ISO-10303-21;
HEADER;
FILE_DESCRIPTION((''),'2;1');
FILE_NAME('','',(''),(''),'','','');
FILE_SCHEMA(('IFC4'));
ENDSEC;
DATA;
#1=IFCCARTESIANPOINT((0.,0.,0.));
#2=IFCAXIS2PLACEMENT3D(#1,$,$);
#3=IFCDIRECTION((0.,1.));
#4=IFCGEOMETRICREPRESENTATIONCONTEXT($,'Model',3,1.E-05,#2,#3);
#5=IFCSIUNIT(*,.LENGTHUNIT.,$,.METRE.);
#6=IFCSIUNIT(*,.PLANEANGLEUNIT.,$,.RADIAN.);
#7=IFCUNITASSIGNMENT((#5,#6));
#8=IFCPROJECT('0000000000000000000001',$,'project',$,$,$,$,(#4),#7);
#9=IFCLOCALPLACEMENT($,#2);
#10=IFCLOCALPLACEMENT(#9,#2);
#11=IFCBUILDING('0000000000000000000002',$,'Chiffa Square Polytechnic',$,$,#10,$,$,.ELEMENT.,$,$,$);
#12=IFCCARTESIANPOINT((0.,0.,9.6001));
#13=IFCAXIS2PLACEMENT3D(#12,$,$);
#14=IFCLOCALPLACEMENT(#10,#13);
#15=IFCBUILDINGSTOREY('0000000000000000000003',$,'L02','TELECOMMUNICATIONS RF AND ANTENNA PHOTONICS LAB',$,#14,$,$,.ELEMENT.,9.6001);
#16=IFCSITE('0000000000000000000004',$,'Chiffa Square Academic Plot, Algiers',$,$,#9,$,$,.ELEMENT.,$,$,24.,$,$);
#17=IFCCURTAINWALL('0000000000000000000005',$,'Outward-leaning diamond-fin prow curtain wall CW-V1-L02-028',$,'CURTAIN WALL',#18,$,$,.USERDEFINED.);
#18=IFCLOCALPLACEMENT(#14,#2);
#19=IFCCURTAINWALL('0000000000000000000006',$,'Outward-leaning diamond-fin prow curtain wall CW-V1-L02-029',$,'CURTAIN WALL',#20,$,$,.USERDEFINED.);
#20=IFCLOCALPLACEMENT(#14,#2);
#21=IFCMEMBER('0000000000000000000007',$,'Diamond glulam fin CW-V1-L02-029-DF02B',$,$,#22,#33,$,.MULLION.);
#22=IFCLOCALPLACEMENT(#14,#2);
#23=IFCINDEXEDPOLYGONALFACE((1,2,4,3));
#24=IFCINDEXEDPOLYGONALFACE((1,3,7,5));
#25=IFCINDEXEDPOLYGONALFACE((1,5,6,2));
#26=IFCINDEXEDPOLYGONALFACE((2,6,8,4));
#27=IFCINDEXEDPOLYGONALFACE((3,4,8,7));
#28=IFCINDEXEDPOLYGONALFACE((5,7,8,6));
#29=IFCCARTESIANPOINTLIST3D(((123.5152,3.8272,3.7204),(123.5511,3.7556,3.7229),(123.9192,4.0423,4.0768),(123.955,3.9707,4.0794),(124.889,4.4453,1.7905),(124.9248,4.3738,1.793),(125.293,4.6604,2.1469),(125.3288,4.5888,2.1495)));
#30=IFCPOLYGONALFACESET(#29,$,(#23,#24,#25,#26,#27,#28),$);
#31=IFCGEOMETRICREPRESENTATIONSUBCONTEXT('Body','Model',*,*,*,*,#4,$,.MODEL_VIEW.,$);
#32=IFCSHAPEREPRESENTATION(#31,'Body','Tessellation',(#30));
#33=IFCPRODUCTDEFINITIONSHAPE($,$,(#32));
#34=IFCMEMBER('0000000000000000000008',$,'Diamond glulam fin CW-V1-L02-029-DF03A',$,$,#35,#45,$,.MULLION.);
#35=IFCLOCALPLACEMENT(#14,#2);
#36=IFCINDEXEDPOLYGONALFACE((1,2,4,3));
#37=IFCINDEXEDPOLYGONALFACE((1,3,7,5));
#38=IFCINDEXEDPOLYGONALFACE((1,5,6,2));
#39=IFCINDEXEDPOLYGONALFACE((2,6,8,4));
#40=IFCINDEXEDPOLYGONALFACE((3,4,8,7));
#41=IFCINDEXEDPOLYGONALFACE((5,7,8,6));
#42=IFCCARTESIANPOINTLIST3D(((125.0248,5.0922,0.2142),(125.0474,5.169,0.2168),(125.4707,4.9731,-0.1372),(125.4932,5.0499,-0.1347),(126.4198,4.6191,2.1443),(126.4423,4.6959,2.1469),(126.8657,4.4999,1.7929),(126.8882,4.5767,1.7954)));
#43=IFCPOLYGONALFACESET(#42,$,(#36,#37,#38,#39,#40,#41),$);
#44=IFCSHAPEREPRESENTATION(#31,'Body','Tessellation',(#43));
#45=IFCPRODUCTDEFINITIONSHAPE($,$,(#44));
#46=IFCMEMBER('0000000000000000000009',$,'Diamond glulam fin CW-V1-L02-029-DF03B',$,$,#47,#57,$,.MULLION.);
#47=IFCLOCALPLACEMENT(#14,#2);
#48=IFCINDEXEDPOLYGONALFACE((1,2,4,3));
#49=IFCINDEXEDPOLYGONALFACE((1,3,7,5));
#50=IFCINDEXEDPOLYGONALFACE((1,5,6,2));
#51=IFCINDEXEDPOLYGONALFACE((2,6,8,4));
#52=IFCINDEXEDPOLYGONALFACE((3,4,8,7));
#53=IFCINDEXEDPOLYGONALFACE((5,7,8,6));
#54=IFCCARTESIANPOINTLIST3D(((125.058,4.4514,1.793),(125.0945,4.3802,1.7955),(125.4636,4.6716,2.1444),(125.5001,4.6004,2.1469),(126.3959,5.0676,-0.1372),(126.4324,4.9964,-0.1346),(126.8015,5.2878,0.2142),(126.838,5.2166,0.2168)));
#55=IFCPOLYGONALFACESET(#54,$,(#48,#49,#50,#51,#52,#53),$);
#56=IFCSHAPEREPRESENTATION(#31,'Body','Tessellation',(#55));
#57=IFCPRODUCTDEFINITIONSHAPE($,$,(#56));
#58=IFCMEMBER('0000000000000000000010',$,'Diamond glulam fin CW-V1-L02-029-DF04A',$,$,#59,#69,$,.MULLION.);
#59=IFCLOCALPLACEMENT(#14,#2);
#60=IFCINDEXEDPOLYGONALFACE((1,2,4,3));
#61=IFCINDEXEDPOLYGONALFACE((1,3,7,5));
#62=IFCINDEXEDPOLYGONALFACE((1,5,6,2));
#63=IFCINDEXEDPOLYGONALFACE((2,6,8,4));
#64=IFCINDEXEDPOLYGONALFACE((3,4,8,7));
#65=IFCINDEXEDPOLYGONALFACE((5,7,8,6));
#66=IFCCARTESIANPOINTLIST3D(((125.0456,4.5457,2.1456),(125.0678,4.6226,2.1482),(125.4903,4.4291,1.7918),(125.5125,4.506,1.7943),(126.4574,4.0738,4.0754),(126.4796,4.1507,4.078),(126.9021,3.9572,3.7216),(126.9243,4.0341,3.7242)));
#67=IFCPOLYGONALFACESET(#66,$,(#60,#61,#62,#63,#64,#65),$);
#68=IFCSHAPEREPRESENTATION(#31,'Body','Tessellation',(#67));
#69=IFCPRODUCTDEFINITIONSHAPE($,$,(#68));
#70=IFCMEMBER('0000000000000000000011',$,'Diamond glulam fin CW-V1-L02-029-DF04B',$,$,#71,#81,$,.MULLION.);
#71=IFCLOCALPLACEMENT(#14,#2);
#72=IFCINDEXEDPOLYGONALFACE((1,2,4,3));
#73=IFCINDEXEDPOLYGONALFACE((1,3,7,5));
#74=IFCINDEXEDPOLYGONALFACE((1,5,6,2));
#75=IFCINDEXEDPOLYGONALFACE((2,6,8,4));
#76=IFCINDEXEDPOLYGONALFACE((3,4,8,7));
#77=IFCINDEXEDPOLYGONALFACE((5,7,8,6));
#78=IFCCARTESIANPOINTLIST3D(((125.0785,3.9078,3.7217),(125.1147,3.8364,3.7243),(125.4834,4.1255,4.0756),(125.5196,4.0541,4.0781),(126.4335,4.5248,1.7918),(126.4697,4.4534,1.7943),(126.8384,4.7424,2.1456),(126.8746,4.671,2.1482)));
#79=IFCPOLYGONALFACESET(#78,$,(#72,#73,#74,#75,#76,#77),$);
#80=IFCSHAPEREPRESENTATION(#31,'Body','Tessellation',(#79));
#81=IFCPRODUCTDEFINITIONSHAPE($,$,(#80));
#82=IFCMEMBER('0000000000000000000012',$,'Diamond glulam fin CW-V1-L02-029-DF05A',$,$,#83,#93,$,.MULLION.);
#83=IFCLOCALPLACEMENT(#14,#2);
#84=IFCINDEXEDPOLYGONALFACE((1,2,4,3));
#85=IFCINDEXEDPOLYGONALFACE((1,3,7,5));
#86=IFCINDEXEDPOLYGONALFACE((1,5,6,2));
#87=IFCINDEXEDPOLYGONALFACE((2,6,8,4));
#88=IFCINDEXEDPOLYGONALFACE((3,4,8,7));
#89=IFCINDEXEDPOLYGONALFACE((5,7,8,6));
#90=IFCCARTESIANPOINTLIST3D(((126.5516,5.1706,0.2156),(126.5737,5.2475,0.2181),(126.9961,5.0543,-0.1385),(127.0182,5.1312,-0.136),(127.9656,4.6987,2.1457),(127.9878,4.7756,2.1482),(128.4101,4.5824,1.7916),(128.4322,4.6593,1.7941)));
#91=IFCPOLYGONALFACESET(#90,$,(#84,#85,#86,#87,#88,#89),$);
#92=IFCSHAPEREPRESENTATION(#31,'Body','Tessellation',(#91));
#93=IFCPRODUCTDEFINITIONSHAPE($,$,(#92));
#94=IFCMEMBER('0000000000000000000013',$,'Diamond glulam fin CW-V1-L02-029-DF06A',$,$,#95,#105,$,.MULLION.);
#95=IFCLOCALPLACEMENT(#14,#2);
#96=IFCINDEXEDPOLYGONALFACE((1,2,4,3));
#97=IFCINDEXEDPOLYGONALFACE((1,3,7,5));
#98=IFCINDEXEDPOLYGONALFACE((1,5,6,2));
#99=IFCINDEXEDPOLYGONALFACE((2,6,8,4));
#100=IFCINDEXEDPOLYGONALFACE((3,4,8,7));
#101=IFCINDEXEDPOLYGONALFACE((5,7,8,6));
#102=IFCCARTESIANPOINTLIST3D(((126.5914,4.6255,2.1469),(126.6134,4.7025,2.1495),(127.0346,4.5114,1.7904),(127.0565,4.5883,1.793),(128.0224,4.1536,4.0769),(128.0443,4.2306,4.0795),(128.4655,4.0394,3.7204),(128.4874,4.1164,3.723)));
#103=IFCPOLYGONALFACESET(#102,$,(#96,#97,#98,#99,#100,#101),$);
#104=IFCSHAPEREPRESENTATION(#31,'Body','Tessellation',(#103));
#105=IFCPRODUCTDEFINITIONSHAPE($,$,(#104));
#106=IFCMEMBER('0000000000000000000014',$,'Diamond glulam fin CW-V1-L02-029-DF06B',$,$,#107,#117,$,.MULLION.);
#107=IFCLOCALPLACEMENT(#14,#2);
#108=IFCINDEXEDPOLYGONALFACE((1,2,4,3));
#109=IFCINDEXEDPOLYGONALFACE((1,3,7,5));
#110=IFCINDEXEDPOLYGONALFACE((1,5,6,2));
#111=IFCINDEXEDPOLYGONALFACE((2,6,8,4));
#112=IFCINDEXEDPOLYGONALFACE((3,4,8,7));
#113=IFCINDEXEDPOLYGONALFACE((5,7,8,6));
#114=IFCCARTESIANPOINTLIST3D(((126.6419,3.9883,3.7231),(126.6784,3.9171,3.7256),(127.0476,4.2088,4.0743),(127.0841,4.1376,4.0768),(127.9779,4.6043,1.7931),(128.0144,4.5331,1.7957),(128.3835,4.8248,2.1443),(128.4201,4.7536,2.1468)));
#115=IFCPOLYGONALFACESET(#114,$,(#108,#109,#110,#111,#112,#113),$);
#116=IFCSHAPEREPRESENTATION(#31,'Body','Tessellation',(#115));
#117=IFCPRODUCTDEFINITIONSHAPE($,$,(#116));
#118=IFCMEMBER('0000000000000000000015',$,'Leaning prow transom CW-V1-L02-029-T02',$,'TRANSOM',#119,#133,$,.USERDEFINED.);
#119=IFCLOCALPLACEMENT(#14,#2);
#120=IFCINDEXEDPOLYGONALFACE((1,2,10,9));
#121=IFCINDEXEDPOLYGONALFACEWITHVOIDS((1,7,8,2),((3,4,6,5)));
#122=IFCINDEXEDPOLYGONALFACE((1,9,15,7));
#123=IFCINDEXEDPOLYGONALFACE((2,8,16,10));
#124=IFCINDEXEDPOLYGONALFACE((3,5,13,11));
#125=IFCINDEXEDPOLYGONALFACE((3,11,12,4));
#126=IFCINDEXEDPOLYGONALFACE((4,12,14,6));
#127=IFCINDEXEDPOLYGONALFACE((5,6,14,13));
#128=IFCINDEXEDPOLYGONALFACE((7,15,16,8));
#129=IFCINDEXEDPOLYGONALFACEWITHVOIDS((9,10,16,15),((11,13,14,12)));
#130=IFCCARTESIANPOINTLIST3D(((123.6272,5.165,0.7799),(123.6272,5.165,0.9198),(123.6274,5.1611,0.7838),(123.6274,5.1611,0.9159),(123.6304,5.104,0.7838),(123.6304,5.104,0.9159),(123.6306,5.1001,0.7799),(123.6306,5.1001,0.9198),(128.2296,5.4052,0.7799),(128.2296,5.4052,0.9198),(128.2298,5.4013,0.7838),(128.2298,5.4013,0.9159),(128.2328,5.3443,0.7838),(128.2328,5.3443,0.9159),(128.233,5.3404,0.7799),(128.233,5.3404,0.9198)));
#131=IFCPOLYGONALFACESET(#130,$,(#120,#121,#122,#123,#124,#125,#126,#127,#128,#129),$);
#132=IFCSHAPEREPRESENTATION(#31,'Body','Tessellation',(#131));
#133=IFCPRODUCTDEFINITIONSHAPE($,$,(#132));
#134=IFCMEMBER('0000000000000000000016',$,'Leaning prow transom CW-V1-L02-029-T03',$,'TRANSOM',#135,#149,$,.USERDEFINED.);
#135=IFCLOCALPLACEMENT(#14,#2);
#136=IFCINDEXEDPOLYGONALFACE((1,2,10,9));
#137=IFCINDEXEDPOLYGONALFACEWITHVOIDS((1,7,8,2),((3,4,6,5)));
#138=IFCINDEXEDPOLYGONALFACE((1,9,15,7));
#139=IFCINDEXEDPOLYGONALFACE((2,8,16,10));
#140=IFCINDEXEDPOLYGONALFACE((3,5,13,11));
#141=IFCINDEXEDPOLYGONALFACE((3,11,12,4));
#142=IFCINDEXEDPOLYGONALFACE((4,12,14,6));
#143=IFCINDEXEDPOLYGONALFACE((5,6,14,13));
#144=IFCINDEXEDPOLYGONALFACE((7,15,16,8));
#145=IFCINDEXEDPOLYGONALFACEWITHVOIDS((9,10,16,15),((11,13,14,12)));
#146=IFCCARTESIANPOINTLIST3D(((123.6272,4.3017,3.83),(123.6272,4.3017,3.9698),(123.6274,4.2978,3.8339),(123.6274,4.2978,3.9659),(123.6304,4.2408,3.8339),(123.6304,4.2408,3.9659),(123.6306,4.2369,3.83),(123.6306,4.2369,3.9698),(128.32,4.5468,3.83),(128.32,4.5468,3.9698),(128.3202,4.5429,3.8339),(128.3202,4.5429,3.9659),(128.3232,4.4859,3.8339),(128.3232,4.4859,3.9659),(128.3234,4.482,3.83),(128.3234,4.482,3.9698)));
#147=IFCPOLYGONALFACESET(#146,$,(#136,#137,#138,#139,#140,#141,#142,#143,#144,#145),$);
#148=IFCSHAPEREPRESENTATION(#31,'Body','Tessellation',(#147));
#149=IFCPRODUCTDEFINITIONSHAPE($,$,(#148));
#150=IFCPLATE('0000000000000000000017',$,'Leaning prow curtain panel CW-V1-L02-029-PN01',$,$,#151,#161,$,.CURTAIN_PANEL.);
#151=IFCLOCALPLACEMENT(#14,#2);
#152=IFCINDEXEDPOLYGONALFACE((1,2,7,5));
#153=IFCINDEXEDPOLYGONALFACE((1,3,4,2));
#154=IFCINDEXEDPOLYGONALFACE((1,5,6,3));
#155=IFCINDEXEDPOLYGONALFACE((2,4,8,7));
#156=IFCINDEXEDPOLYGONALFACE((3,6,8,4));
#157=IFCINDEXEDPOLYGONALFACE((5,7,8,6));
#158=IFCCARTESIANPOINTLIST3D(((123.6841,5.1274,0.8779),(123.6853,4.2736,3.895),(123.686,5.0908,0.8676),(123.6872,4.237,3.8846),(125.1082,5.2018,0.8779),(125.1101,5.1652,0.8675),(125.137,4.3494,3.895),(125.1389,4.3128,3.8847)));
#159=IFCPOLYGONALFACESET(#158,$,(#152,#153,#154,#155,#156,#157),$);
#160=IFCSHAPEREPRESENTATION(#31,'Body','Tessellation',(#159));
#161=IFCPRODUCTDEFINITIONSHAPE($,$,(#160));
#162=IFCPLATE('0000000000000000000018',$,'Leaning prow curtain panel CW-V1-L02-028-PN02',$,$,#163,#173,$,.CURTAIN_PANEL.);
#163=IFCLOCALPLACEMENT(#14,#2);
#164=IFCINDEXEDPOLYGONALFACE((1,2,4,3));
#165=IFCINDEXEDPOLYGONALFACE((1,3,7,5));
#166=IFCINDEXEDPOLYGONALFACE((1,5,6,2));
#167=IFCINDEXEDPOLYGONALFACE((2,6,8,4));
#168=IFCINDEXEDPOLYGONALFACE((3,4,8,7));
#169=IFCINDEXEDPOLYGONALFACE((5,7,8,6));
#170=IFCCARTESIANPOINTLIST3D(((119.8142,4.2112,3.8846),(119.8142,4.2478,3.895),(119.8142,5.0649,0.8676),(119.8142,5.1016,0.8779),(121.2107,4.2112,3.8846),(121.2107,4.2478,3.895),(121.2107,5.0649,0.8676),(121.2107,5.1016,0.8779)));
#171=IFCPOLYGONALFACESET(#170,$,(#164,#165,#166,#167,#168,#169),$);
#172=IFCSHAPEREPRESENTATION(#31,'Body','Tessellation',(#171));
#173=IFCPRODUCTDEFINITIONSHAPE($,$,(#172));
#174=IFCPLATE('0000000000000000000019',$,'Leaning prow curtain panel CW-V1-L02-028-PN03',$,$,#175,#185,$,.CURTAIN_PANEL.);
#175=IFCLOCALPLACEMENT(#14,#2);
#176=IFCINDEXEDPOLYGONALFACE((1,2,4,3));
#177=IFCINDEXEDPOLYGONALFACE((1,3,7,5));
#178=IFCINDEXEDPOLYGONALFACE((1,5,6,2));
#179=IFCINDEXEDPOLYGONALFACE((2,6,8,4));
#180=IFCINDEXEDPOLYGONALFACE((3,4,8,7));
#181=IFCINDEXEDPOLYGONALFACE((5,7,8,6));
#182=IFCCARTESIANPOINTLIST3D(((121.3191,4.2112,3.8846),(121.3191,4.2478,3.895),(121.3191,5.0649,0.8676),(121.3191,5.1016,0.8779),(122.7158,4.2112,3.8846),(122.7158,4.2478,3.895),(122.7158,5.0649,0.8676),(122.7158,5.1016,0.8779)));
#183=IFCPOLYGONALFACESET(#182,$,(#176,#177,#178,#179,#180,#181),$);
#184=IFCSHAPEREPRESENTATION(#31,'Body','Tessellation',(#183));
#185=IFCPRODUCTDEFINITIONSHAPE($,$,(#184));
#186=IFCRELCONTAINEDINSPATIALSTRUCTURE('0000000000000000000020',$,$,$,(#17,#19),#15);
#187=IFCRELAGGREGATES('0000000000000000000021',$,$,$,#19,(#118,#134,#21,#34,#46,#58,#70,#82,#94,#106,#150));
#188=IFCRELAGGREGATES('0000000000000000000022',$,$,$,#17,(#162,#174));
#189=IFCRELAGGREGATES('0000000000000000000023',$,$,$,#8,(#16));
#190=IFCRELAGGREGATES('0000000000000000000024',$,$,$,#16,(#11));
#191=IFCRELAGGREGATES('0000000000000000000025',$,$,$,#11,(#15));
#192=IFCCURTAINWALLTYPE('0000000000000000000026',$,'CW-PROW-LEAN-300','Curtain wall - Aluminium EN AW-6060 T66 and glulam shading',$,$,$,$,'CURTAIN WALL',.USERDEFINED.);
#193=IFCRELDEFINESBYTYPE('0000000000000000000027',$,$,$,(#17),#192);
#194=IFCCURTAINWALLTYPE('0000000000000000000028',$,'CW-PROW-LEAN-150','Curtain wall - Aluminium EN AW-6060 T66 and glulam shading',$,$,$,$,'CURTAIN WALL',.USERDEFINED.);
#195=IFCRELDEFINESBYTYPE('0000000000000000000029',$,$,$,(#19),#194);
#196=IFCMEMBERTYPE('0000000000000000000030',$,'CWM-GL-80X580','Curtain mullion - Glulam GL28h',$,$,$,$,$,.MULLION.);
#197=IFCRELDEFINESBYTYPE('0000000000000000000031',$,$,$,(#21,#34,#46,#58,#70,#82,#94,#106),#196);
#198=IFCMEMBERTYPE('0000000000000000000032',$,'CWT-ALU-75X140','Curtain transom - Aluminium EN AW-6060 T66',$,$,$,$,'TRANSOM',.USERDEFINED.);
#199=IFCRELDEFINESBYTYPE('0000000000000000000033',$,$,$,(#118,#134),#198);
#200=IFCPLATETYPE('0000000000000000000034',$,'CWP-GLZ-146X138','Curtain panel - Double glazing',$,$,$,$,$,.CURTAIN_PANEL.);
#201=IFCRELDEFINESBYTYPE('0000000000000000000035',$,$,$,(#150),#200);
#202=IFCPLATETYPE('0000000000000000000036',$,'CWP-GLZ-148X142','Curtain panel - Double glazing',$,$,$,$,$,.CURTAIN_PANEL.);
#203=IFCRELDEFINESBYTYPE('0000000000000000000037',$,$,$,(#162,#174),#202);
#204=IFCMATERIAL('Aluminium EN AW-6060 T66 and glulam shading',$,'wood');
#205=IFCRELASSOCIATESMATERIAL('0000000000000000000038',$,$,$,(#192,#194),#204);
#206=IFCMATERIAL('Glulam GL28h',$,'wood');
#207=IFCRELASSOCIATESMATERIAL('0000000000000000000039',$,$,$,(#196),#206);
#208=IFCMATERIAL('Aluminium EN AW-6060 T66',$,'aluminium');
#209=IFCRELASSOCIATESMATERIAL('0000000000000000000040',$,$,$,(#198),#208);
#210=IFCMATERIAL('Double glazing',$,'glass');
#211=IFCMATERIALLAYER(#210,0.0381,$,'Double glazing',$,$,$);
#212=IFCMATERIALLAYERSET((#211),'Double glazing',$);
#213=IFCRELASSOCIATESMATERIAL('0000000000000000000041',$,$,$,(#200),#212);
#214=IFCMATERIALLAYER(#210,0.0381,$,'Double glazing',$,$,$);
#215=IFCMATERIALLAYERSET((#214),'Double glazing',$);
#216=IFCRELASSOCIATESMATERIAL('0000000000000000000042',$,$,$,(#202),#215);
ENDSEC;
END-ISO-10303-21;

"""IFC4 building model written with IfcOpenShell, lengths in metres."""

from ifc_helpers import new_model, si_unit, direction, frame, origin, origin_2d, place, context, subcontext, project, spatial, polyline, rectangle, hollow_rectangle, outline, extrude, material, layer, layer_set, material_profile, profile_set, type_object, element, aggregate, save


model = new_model("IFC4")

# Units and contexts
model_context = context("Model", 3, precision=1e-05, world=origin(), true_north=direction((0.0, 1.0)))
body_context = subcontext(model_context, "Body", "Model", "MODEL_VIEW")
ifc_project = project(units=[si_unit("LENGTHUNIT", "METRE"), si_unit("PLANEANGLEUNIT", "RADIAN")], contexts=[model_context])

# Site, building, storey
site_placement = place(None, origin())
site = spatial("IfcSite", under=ifc_project, at=site_placement, Name="Chiffa Square Academic Plot, Algiers", CompositionType="ELEMENT", RefElevation=24.0)
building_placement = place(site_placement, origin())
building = spatial("IfcBuilding", under=site, at=building_placement, Name="Chiffa Square Polytechnic", CompositionType="ELEMENT")
storey_placement = place(building_placement, frame((0.0, 0.0, 9.6001)))
storey = spatial("IfcBuildingStorey", under=building, at=storey_placement, Name="L02", Description="TELECOMMUNICATIONS RF AND ANTENNA PHOTONICS LAB", CompositionType="ELEMENT", Elevation=9.6001)

# Curtain wall
ifc_material_1 = material(Name="Aluminium EN AW-6060 T66 and glulam shading", Category="wood")
curtain_wall_type_1 = type_object("IfcCurtainWallType", Name="CW-PROW-LEAN-300", Description="Curtain wall - Aluminium EN AW-6060 T66 and glulam shading", ElementType="CURTAIN WALL", PredefinedType="USERDEFINED", material=ifc_material_1)
curtain_wall_1_placement = place(storey_placement, origin())
curtain_wall_1 = element("IfcCurtainWall", 1, at=curtain_wall_1_placement, inside=storey, type_object=curtain_wall_type_1, Name="Outward-leaning diamond-fin prow curtain wall CW-V1-L02-028", ObjectType="CURTAIN WALL", PredefinedType="USERDEFINED")
ifc_material_2 = material(Name="Glulam GL28h", Category="wood")
ifc_material_profile_1 = material_profile(ifc_material_2, rectangle(XDim=0.0801, YDim=0.5801, at=origin_2d()), Name="GL28h 80x580")
ifc_profile_set_1 = profile_set([ifc_material_profile_1], Name="Glulam GL28h")
member_type_1 = type_object("IfcMemberType", Name="CWM-GL-80X580", Description="Curtain mullion - Glulam GL28h", PredefinedType="MULLION", material=ifc_profile_set_1)

# Curtain wall, members, plate
curtain_wall_type_2 = type_object("IfcCurtainWallType", Name="CW-PROW-LEAN-150", Description="Curtain wall - Aluminium EN AW-6060 T66 and glulam shading", ElementType="CURTAIN WALL", PredefinedType="USERDEFINED", material=ifc_material_1)
curtain_wall_2_placement = place(storey_placement, origin())
curtain_wall_2 = element("IfcCurtainWall", 2, at=curtain_wall_2_placement, inside=storey, type_object=curtain_wall_type_2, Name="Outward-leaning diamond-fin prow curtain wall CW-V1-L02-029", ObjectType="CURTAIN WALL", PredefinedType="USERDEFINED")
member_1_placement = place(storey_placement, frame((125.1089, 4.5171, 1.97), z_axis=(-0.561122, -0.25249, 0.788283), x_axis=(0.447404, -0.893752, 0.032203)))
member_1 = element("IfcMember", 3, at=member_1_placement, type_object=member_type_1, Name="Diamond glulam fin CW-V1-L02-029-DF02B", PredefinedType="MULLION", context=body_context, shape_type="SweptSolid", body=[
    extrude(rectangle(XDim=0.0801, YDim=0.5801, at=origin_2d()), origin(), (0.0, 0.0, 1.0), 2.4482),
])
member_2_placement = place(storey_placement, frame((125.259, 5.071, 0.0398), z_axis=(0.574538, -0.194864, 0.794942), x_axis=(0.281356, 0.959078, 0.031751)))
member_2 = element("IfcMember", 4, at=member_2_placement, type_object=member_type_1, Name="Diamond glulam fin CW-V1-L02-029-DF03A", PredefinedType="MULLION", context=body_context, shape_type="SweptSolid", body=[
    extrude(rectangle(XDim=0.0801, YDim=0.5801, at=origin_2d()), origin(), (0.0, 0.0, 1.0), 2.428),
])
member_3_placement = place(storey_placement, frame((126.6169, 5.1421, 0.0398), z_axis=(-0.551023, -0.253792, 0.794961), x_axis=(0.455559, -0.889639, 0.03175)))
member_3 = element("IfcMember", 5, at=member_3_placement, type_object=member_type_1, Name="Diamond glulam fin CW-V1-L02-029-DF03B", PredefinedType="MULLION", context=body_context, shape_type="SweptSolid", body=[
    extrude(rectangle(XDim=0.0801, YDim=0.5801, at=origin_2d()), origin(), (0.0, 0.0, 1.0), 2.428),
])
member_4_placement = place(storey_placement, frame((125.2791, 4.5259, 1.97), z_axis=(0.579261, -0.193621, 0.791813), x_axis=(0.277278, 0.960258, 0.031965)))
member_4 = element("IfcMember", 6, at=member_4_placement, type_object=member_type_1, Name="Diamond glulam fin CW-V1-L02-029-DF04A", PredefinedType="MULLION", context=body_context, shape_type="SweptSolid", body=[
    extrude(rectangle(XDim=0.0801, YDim=0.5801, at=origin_2d()), origin(), (0.0, 0.0, 1.0), 2.4373),
])
member_5_placement = place(storey_placement, frame((126.6541, 4.5979, 1.97), z_axis=(-0.555898, -0.253109, 0.791779), x_axis=(0.451529, -0.891684, 0.031967)))
member_5 = element("IfcMember", 7, at=member_5_placement, type_object=member_type_1, Name="Diamond glulam fin CW-V1-L02-029-DF04B", PredefinedType="MULLION", context=body_context, shape_type="SweptSolid", body=[
    extrude(rectangle(XDim=0.0801, YDim=0.5801, at=origin_2d()), origin(), (0.0, 0.0, 1.0), 2.4375),
])
member_6_placement = place(storey_placement, frame((126.7849, 5.1509, 0.0398), z_axis=(0.579813, -0.193505, 0.791437), x_axis=(0.276848, 0.960381, 0.03199)))
member_6 = element("IfcMember", 8, at=member_6_placement, type_object=member_type_1, Name="Diamond glulam fin CW-V1-L02-029-DF05A", PredefinedType="MULLION", context=body_context, shape_type="SweptSolid", body=[
    extrude(rectangle(XDim=0.0801, YDim=0.5801, at=origin_2d()), origin(), (0.0, 0.0, 1.0), 2.4387),
])
member_7_placement = place(storey_placement, frame((126.824, 4.6069, 1.97), z_axis=(0.584417, -0.192745, 0.78823), x_axis=(0.273606, 0.961302, 0.032207)))
member_7 = element("IfcMember", 9, at=member_7_placement, type_object=member_type_1, Name="Diamond glulam fin CW-V1-L02-029-DF06A", PredefinedType="MULLION", context=body_context, shape_type="SweptSolid", body=[
    extrude(rectangle(XDim=0.0801, YDim=0.5801, at=origin_2d()), origin(), (0.0, 0.0, 1.0), 2.4485),
])
member_8_placement = place(storey_placement, frame((128.199, 4.679, 1.97), z_axis=(-0.55052, -0.253831, 0.795297), x_axis=(0.455935, -0.889447, 0.031727)))
member_8 = element("IfcMember", 10, at=member_8_placement, type_object=member_type_1, Name="Diamond glulam fin CW-V1-L02-029-DF06B", PredefinedType="MULLION", context=body_context, shape_type="SweptSolid", body=[
    extrude(rectangle(XDim=0.0801, YDim=0.5801, at=origin_2d()), origin(), (0.0, 0.0, 1.0), 2.4268),
])
ifc_material_3 = material(Name="Aluminium EN AW-6060 T66", Category="aluminium")
ifc_material_profile_2 = material_profile(ifc_material_3, hollow_rectangle(XDim=0.0649, YDim=0.1399, WallThickness=0.0039, at=origin_2d()), Name="ALU 65x140x4")
ifc_profile_set_2 = profile_set([ifc_material_profile_2], Name="Aluminium EN AW-6060 T66")
member_type_2 = type_object("IfcMemberType", Name="CWT-ALU-75X140", Description="Curtain transom - Aluminium EN AW-6060 T66", ElementType="TRANSOM", PredefinedType="USERDEFINED", material=ifc_profile_set_2)
member_9_placement = place(storey_placement, frame((123.6289, 5.1326, 0.8499), z_axis=(0.99864, 0.052128, 0.0), x_axis=(-0.052128, 0.99864, 0.0)))
member_9 = element("IfcMember", 11, at=member_9_placement, type_object=member_type_2, Name="Leaning prow transom CW-V1-L02-029-T02", ObjectType="TRANSOM", PredefinedType="USERDEFINED", context=body_context, shape_type="SweptSolid", body=[
    extrude(hollow_rectangle(XDim=0.0649, YDim=0.1399, WallThickness=0.0039, at=origin_2d()), origin(), (0.0, 0.0, 1.0), 4.6086),
])
member_10_placement = place(storey_placement, frame((123.6289, 4.2693, 3.8999), z_axis=(0.998639, 0.052161, 0.0), x_axis=(-0.052161, 0.998639, 0.0)))
member_10 = element("IfcMember", 12, at=member_10_placement, type_object=member_type_2, Name="Leaning prow transom CW-V1-L02-029-T03", ObjectType="TRANSOM", PredefinedType="USERDEFINED", context=body_context, shape_type="SweptSolid", body=[
    extrude(hollow_rectangle(XDim=0.0649, YDim=0.1399, WallThickness=0.0039, at=origin_2d()), origin(), (0.0, 0.0, 1.0), 4.6992),
])
ifc_material_4 = material(Name="Double glazing", Category="glass")
ifc_layer_1 = layer(ifc_material_4, 0.0381, Name="Double glazing")
ifc_layer_set_1 = layer_set([ifc_layer_1], Name="Double glazing")
plate_type_1 = type_object("IfcPlateType", Name="CWP-GLZ-146X138", Description="Curtain panel - Double glazing", PredefinedType="CURTAIN_PANEL", material=ifc_layer_set_1)
plate_1_placement = place(storey_placement, frame((123.6841, 5.1274, 0.8779), z_axis=(-0.050175, 0.960991, 0.271991), x_axis=(0.998639, 0.052146, -0.00002)))
plate_1 = element("IfcPlate", 13, at=plate_1_placement, type_object=plate_type_1, Name="Leaning prow curtain panel CW-V1-L02-029-PN01", PredefinedType="CURTAIN_PANEL", context=body_context, shape_type="SweptSolid", body=[
    extrude(outline(polyline([(0.0, 0.0), (1.426, 0.0), (1.4103, -3.1353), (-0.0434, -3.1353), (0.0, 0.0)])), origin(), (0.0, 0.0, -1.0), 0.0381),
])
aggregate(curtain_wall_2, [member_9, member_10, member_1, member_2, member_3, member_4, member_5, member_6, member_7, member_8, plate_1])

# Plates
ifc_layer_2 = layer(ifc_material_4, 0.0381, Name="Double glazing")
ifc_layer_set_2 = layer_set([ifc_layer_2], Name="Double glazing")
plate_type_2 = type_object("IfcPlateType", Name="CWP-GLZ-148X142", Description="Curtain panel - Double glazing", PredefinedType="CURTAIN_PANEL", material=ifc_layer_set_2)
plate_2_placement = place(storey_placement, frame((119.8142, 5.1016, 0.8779), z_axis=(0.0, 0.962217, 0.272283), x_axis=(1.0, 0.0, 0.0)))
plate_2 = element("IfcPlate", 14, at=plate_2_placement, type_object=plate_type_2, Name="Leaning prow curtain panel CW-V1-L02-028-PN02", PredefinedType="CURTAIN_PANEL", context=body_context, shape_type="SweptSolid", body=[
    extrude(outline(polyline([(0.0, 0.0), (1.3965, 0.0), (1.3965, -3.1356), (0.0, -3.1356), (0.0, 0.0)])), origin(), (0.0, 0.0, -1.0), 0.0381),
])
plate_3_placement = place(storey_placement, frame((121.3191, 5.1016, 0.8779), z_axis=(0.0, 0.962217, 0.272283), x_axis=(1.0, 0.0, 0.0)))
plate_3 = element("IfcPlate", 15, at=plate_3_placement, type_object=plate_type_2, Name="Leaning prow curtain panel CW-V1-L02-028-PN03", PredefinedType="CURTAIN_PANEL", context=body_context, shape_type="SweptSolid", body=[
    extrude(outline(polyline([(0.0, 0.0), (1.3967, 0.0), (1.3967, -3.1356), (0.0, -3.1356), (0.0, 0.0)])), origin(), (0.0, 0.0, -1.0), 0.0381),
])
aggregate(curtain_wall_1, [plate_2, plate_3])

save(model, "model.ifc")
